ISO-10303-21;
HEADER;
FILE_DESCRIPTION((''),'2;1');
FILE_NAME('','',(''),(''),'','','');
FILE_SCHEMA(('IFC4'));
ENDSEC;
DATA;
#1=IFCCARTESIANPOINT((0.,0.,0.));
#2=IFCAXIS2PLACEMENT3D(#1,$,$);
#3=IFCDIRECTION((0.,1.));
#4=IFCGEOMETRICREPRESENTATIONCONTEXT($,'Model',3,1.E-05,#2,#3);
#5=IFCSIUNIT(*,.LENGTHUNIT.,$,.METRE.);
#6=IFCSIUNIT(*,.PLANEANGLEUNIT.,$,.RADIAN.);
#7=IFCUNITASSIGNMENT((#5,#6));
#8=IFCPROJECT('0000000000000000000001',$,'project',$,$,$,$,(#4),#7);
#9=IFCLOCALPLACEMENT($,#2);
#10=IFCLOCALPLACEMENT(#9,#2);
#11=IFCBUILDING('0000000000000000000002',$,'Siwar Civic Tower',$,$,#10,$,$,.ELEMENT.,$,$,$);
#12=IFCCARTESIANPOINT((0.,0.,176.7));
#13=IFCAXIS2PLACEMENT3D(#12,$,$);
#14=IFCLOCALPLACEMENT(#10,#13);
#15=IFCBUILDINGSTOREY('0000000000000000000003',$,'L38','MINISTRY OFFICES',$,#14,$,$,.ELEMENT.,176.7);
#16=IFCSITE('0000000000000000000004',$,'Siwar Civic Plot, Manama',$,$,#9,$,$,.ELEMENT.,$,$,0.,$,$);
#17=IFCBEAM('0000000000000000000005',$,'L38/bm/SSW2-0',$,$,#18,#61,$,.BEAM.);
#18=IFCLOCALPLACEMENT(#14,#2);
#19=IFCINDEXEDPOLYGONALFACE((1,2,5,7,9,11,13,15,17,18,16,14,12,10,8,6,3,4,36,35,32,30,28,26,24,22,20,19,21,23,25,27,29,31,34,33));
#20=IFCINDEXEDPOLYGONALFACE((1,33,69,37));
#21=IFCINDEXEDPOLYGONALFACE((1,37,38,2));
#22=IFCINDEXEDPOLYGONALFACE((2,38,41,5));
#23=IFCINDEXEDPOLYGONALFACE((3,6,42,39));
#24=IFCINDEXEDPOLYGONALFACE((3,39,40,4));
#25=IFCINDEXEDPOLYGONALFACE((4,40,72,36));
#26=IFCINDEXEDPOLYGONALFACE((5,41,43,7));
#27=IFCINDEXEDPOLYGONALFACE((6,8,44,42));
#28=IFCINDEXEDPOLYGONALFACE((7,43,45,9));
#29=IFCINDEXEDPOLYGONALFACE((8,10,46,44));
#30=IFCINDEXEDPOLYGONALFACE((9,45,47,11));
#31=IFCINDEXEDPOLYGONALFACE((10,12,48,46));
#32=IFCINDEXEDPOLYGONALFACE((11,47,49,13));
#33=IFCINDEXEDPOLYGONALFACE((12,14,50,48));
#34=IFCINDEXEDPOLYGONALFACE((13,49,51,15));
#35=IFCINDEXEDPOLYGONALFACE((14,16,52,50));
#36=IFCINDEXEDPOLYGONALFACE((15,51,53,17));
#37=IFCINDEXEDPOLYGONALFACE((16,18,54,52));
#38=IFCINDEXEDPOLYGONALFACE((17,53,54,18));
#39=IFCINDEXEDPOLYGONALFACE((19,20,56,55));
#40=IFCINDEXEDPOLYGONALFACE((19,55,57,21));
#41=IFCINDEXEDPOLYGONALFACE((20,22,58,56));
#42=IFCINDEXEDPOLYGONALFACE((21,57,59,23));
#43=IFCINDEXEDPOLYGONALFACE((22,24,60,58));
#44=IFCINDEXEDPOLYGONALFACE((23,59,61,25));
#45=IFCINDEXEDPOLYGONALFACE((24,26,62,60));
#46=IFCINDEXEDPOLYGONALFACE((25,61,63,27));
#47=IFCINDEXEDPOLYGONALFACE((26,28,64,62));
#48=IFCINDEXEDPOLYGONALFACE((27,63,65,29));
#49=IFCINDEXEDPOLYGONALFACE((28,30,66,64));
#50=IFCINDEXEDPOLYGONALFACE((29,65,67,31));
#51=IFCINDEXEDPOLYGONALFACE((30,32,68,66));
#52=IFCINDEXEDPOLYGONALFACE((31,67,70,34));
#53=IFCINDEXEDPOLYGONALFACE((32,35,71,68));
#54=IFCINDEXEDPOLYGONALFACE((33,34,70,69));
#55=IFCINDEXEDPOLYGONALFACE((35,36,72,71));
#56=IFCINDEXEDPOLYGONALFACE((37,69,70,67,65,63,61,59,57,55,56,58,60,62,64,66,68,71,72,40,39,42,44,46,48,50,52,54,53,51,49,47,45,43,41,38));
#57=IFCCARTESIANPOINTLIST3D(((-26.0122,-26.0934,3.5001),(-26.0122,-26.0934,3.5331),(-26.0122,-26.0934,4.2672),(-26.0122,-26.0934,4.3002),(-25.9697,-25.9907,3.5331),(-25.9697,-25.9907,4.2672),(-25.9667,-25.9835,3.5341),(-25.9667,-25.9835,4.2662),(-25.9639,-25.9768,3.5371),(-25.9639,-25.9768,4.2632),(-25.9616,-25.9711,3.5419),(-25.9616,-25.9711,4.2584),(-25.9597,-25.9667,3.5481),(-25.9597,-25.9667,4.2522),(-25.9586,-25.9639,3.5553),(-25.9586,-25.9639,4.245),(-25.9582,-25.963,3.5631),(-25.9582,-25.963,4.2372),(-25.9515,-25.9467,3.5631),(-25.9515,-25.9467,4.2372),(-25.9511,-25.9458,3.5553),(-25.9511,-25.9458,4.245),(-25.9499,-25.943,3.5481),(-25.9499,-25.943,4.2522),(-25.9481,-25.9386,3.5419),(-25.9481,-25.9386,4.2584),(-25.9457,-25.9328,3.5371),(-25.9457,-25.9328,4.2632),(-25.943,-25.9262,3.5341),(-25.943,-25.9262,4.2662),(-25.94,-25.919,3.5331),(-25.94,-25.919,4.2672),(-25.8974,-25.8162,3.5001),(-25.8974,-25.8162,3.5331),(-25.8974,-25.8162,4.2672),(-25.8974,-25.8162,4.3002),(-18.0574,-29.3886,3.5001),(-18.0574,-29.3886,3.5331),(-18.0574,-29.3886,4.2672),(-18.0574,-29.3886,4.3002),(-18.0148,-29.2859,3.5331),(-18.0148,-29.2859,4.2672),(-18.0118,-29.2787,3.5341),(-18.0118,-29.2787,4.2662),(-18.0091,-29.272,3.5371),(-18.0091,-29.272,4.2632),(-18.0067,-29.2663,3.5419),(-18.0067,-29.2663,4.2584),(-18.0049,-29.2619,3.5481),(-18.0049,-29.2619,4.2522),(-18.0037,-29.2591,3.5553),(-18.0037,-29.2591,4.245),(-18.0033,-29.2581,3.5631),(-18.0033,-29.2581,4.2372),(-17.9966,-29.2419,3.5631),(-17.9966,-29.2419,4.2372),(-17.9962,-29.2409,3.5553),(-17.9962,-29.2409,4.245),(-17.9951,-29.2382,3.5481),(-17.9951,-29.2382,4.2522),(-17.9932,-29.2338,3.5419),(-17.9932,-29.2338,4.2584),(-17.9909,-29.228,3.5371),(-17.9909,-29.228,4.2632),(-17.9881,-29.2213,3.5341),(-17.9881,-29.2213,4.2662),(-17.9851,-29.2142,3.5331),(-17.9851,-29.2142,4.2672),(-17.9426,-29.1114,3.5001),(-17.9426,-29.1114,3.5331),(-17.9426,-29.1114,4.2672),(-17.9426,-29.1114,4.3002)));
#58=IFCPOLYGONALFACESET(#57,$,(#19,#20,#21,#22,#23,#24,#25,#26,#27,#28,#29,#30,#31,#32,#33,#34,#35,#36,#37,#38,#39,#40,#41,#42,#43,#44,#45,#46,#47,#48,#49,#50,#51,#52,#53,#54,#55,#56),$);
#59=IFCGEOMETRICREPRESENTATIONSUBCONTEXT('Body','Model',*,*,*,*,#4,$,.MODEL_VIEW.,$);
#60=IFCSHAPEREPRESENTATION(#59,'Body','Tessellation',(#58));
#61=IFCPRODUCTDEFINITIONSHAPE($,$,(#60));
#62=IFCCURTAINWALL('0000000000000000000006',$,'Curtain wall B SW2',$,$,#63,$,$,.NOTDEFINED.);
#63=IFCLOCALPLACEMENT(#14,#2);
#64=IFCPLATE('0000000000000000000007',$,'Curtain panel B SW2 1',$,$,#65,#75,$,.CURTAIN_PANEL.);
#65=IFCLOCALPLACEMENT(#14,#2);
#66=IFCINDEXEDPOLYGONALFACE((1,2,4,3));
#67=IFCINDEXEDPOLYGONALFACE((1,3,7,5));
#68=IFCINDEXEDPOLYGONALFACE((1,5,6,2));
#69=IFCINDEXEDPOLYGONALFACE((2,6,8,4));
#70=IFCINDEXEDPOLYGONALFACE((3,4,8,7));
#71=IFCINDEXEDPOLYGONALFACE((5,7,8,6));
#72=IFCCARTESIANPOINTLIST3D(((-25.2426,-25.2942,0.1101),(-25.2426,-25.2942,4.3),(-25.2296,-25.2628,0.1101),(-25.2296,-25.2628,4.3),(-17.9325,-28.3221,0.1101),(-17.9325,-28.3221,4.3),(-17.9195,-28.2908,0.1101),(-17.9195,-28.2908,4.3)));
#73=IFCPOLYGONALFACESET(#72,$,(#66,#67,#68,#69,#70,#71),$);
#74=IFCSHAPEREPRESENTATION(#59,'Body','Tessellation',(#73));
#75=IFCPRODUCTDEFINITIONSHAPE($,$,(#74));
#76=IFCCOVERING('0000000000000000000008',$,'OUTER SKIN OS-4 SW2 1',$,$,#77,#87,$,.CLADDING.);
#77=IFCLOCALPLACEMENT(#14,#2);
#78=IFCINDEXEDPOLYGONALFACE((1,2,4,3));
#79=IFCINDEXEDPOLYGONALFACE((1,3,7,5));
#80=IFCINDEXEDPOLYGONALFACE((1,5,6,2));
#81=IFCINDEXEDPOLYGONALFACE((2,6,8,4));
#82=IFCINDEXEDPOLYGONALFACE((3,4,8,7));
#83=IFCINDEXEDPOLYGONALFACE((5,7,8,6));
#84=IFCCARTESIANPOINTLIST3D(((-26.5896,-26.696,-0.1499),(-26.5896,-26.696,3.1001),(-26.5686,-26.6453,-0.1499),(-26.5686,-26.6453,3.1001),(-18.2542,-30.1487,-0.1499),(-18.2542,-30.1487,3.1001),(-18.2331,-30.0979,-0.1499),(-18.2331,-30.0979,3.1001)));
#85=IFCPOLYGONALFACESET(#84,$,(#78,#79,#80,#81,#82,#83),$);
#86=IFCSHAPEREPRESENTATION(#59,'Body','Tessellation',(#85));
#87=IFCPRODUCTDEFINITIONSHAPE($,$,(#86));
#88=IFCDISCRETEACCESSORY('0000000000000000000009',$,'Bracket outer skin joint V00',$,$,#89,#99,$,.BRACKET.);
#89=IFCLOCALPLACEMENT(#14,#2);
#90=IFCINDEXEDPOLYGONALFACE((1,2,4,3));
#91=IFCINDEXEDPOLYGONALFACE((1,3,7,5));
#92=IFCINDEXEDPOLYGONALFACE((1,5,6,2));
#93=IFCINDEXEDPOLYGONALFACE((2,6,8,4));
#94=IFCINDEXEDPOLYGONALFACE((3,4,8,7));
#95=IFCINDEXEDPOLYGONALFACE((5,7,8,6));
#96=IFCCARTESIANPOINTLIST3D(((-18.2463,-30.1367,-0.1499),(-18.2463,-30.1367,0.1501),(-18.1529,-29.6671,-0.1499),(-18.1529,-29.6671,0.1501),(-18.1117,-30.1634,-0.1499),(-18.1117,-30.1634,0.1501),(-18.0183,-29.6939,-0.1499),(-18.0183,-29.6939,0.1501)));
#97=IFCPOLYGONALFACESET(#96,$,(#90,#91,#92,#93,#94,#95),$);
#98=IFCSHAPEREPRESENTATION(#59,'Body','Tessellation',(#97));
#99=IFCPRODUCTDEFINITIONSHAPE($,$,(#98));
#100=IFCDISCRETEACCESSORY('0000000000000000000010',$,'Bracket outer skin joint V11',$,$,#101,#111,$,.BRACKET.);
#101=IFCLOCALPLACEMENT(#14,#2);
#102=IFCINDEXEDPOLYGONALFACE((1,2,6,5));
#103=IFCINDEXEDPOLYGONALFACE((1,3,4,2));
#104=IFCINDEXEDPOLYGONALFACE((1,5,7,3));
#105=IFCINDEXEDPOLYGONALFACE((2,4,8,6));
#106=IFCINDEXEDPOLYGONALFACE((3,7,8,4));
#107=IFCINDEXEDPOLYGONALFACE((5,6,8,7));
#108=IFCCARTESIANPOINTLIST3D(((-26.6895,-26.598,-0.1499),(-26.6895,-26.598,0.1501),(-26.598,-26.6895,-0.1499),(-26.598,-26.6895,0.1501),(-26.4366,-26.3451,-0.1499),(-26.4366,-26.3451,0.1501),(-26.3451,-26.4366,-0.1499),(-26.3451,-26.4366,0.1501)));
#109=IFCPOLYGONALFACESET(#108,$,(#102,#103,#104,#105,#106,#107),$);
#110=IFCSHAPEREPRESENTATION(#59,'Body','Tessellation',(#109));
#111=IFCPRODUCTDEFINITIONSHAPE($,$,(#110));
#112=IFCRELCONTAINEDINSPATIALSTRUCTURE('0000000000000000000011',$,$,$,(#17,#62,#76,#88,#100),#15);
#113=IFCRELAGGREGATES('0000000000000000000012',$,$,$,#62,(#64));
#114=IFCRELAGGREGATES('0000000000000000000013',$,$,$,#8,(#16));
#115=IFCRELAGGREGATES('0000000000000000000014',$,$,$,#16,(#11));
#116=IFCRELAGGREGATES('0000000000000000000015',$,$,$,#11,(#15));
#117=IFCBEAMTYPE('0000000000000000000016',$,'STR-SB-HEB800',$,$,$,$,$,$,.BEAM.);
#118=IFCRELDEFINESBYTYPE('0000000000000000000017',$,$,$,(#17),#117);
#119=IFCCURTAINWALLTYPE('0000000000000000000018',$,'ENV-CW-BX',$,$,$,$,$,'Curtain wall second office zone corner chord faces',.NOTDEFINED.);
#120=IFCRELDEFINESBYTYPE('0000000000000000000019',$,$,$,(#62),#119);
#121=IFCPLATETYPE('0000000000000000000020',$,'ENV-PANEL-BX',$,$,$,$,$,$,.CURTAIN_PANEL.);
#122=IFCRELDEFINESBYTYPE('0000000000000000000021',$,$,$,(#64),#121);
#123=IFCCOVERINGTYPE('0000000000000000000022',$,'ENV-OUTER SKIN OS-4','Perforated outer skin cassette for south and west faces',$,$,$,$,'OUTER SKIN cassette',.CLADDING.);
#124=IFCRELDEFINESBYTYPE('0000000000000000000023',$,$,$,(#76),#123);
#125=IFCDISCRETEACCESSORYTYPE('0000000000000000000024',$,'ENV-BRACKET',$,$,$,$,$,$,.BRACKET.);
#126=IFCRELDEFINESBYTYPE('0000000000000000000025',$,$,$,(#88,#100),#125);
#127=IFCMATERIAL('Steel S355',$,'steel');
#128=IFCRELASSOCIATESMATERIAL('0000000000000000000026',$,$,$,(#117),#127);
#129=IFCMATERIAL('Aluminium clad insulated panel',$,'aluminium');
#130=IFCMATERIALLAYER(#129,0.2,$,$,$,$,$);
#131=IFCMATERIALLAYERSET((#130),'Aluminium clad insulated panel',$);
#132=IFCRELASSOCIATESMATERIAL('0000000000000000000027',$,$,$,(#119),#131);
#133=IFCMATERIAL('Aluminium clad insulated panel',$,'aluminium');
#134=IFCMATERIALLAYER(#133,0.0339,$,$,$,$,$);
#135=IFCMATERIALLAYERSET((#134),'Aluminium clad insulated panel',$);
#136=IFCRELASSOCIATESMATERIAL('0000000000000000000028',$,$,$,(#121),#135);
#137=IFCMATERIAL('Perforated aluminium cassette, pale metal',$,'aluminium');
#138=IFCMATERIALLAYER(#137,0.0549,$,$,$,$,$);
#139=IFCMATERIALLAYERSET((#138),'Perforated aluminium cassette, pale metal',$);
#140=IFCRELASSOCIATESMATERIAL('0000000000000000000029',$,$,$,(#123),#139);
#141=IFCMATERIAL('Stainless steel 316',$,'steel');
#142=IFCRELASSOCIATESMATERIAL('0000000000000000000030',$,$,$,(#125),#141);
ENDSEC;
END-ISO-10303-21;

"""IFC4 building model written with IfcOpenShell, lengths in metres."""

from ifc_helpers import new_model, si_unit, direction, frame, origin, origin_2d, place, context, subcontext, project, spatial, rectangle, i_section, extrude, material, layer, layer_set, material_profile, profile_set, type_object, element, aggregate, save


model = new_model("IFC4")

# Units and contexts
model_context = context("Model", 3, precision=1e-05, world=origin(), true_north=direction((0.0, 1.0)))
body_context = subcontext(model_context, "Body", "Model", "MODEL_VIEW")
ifc_project = project(units=[si_unit("LENGTHUNIT", "METRE"), si_unit("PLANEANGLEUNIT", "RADIAN")], contexts=[model_context])

# Site, building, storey
site_placement = place(None, origin())
site = spatial("IfcSite", under=ifc_project, at=site_placement, Name="Siwar Civic Plot, Manama", CompositionType="ELEMENT", RefElevation=0.0)
building_placement = place(site_placement, origin())
building = spatial("IfcBuilding", under=site, at=building_placement, Name="Siwar Civic Tower", CompositionType="ELEMENT")
storey_placement = place(building_placement, frame((0.0, 0.0, 176.7)))
storey = spatial("IfcBuildingStorey", under=building, at=storey_placement, Name="L38", Description="MINISTRY OFFICES", CompositionType="ELEMENT", Elevation=176.7)

# Beam
ifc_material_1 = material(Name="Steel S355", Category="steel")
ifc_material_profile_1 = material_profile(ifc_material_1, i_section(OverallWidth=0.3, OverallDepth=0.8, WebThickness=0.0176, FlangeThickness=0.033, FilletRadius=0.03, at=origin_2d()), Name="HEB800")
ifc_profile_set_1 = profile_set([ifc_material_profile_1], Name="Steel S355")
beam_type = type_object("IfcBeamType", Name="STR-SB-HEB800", PredefinedType="BEAM", material=ifc_profile_set_1)
beam_1_placement = place(storey_placement, frame((-25.9548, -25.9548, 3.9001), z_axis=(0.923873, -0.3827, 0.0), x_axis=(0.3827, 0.923873, 0.0)))
element("IfcBeam", 1, at=beam_1_placement, inside=storey, type_object=beam_type, Name="L38/bm/SSW2-0", PredefinedType="BEAM", context=body_context, shape_type="SweptSolid", body=[
    extrude(i_section(OverallWidth=0.3, OverallDepth=0.8, WebThickness=0.0176, FlangeThickness=0.033, FilletRadius=0.03, at=origin_2d()), origin(), (0.0, 0.0, 1.0), 8.6104),
])

# Curtain wall, plate
ifc_material_2 = material(Name="Aluminium clad insulated panel", Category="aluminium")
ifc_layer_1 = layer(ifc_material_2, 0.2)
ifc_layer_set_1 = layer_set([ifc_layer_1], Name="Aluminium clad insulated panel")
curtain_wall_type = type_object("IfcCurtainWallType", Name="ENV-CW-BX", ElementType="Curtain wall second office zone corner chord faces", PredefinedType="NOTDEFINED", material=ifc_layer_set_1)
curtain_wall_placement = place(storey_placement, origin())
curtain_wall = element("IfcCurtainWall", 2, at=curtain_wall_placement, inside=storey, type_object=curtain_wall_type, Name="Curtain wall B SW2", PredefinedType="NOTDEFINED")
ifc_material_3 = material(Name="Aluminium clad insulated panel", Category="aluminium")
ifc_layer_2 = layer(ifc_material_3, 0.0339)
ifc_layer_set_2 = layer_set([ifc_layer_2], Name="Aluminium clad insulated panel")
plate_type = type_object("IfcPlateType", Name="ENV-PANEL-BX", PredefinedType="CURTAIN_PANEL", material=ifc_layer_set_2)
plate_placement = place(storey_placement, frame((-21.5811, -26.7925, 0.1101), z_axis=(0.0, 0.0, 1.0), x_axis=(0.92388, -0.382683, 0.0)))
plate = element("IfcPlate", 3, at=plate_placement, type_object=plate_type, Name="Curtain panel B SW2 1", PredefinedType="CURTAIN_PANEL", context=body_context, shape_type="SweptSolid", body=[
    extrude(rectangle(XDim=7.9124, YDim=0.0339, at=origin_2d()), origin(), (0.0, 0.0, 1.0), 4.1899),
])
aggregate(curtain_wall, [plate])

# Covering
ifc_material_4 = material(Name="Perforated aluminium cassette, pale metal", Category="aluminium")
ifc_layer_3 = layer(ifc_material_4, 0.0549)
ifc_layer_set_3 = layer_set([ifc_layer_3], Name="Perforated aluminium cassette, pale metal")
covering_type = type_object("IfcCoveringType", Name="ENV-OUTER SKIN OS-4", Description="Perforated outer skin cassette for south and west faces", ElementType="OUTER SKIN cassette", PredefinedType="CLADDING", material=ifc_layer_set_3)
covering_placement = place(storey_placement, frame((-22.4114, -28.397, -0.1499), z_axis=(0.0, 0.0, 1.0), x_axis=(0.92388, -0.382683, 0.0)))
element("IfcCovering", 4, at=covering_placement, inside=storey, type_object=covering_type, Name="OUTER SKIN OS-4 SW2 1", PredefinedType="CLADDING", context=body_context, shape_type="SweptSolid", body=[
    extrude(rectangle(XDim=9.0222, YDim=0.0549, at=origin_2d()), origin(), (0.0, 0.0, 1.0), 3.25),
])

# Discrete accessories
ifc_material_5 = material(Name="Stainless steel 316", Category="steel")
discrete_accessory_type = type_object("IfcDiscreteAccessoryType", Name="ENV-BRACKET", PredefinedType="BRACKET", material=ifc_material_5)
discrete_accessory_1_placement = place(storey_placement, frame((-18.1323, -29.9153, -0.1499), z_axis=(0.0, 0.0, 1.0), x_axis=(-0.19509, -0.980785, 0.0)))
element("IfcDiscreteAccessory", 5, at=discrete_accessory_1_placement, inside=storey, type_object=discrete_accessory_type, Name="Bracket outer skin joint V00", PredefinedType="BRACKET", context=body_context, shape_type="SweptSolid", body=[
    extrude(rectangle(XDim=0.4788, YDim=0.1372, at=origin_2d()), origin(), (0.0, 0.0, 1.0), 0.3),
])
discrete_accessory_2_placement = place(storey_placement, frame((-26.5173, -26.5173, -0.1499), z_axis=(0.0, 0.0, 1.0), x_axis=(-0.707107, -0.707107, 0.0)))
element("IfcDiscreteAccessory", 6, at=discrete_accessory_2_placement, inside=storey, type_object=discrete_accessory_type, Name="Bracket outer skin joint V11", PredefinedType="BRACKET", context=body_context, shape_type="SweptSolid", body=[
    extrude(rectangle(XDim=0.3577, YDim=0.1294, at=origin_2d()), origin(), (0.0, 0.0, 1.0), 0.3),
])

save(model, "model.ifc")
